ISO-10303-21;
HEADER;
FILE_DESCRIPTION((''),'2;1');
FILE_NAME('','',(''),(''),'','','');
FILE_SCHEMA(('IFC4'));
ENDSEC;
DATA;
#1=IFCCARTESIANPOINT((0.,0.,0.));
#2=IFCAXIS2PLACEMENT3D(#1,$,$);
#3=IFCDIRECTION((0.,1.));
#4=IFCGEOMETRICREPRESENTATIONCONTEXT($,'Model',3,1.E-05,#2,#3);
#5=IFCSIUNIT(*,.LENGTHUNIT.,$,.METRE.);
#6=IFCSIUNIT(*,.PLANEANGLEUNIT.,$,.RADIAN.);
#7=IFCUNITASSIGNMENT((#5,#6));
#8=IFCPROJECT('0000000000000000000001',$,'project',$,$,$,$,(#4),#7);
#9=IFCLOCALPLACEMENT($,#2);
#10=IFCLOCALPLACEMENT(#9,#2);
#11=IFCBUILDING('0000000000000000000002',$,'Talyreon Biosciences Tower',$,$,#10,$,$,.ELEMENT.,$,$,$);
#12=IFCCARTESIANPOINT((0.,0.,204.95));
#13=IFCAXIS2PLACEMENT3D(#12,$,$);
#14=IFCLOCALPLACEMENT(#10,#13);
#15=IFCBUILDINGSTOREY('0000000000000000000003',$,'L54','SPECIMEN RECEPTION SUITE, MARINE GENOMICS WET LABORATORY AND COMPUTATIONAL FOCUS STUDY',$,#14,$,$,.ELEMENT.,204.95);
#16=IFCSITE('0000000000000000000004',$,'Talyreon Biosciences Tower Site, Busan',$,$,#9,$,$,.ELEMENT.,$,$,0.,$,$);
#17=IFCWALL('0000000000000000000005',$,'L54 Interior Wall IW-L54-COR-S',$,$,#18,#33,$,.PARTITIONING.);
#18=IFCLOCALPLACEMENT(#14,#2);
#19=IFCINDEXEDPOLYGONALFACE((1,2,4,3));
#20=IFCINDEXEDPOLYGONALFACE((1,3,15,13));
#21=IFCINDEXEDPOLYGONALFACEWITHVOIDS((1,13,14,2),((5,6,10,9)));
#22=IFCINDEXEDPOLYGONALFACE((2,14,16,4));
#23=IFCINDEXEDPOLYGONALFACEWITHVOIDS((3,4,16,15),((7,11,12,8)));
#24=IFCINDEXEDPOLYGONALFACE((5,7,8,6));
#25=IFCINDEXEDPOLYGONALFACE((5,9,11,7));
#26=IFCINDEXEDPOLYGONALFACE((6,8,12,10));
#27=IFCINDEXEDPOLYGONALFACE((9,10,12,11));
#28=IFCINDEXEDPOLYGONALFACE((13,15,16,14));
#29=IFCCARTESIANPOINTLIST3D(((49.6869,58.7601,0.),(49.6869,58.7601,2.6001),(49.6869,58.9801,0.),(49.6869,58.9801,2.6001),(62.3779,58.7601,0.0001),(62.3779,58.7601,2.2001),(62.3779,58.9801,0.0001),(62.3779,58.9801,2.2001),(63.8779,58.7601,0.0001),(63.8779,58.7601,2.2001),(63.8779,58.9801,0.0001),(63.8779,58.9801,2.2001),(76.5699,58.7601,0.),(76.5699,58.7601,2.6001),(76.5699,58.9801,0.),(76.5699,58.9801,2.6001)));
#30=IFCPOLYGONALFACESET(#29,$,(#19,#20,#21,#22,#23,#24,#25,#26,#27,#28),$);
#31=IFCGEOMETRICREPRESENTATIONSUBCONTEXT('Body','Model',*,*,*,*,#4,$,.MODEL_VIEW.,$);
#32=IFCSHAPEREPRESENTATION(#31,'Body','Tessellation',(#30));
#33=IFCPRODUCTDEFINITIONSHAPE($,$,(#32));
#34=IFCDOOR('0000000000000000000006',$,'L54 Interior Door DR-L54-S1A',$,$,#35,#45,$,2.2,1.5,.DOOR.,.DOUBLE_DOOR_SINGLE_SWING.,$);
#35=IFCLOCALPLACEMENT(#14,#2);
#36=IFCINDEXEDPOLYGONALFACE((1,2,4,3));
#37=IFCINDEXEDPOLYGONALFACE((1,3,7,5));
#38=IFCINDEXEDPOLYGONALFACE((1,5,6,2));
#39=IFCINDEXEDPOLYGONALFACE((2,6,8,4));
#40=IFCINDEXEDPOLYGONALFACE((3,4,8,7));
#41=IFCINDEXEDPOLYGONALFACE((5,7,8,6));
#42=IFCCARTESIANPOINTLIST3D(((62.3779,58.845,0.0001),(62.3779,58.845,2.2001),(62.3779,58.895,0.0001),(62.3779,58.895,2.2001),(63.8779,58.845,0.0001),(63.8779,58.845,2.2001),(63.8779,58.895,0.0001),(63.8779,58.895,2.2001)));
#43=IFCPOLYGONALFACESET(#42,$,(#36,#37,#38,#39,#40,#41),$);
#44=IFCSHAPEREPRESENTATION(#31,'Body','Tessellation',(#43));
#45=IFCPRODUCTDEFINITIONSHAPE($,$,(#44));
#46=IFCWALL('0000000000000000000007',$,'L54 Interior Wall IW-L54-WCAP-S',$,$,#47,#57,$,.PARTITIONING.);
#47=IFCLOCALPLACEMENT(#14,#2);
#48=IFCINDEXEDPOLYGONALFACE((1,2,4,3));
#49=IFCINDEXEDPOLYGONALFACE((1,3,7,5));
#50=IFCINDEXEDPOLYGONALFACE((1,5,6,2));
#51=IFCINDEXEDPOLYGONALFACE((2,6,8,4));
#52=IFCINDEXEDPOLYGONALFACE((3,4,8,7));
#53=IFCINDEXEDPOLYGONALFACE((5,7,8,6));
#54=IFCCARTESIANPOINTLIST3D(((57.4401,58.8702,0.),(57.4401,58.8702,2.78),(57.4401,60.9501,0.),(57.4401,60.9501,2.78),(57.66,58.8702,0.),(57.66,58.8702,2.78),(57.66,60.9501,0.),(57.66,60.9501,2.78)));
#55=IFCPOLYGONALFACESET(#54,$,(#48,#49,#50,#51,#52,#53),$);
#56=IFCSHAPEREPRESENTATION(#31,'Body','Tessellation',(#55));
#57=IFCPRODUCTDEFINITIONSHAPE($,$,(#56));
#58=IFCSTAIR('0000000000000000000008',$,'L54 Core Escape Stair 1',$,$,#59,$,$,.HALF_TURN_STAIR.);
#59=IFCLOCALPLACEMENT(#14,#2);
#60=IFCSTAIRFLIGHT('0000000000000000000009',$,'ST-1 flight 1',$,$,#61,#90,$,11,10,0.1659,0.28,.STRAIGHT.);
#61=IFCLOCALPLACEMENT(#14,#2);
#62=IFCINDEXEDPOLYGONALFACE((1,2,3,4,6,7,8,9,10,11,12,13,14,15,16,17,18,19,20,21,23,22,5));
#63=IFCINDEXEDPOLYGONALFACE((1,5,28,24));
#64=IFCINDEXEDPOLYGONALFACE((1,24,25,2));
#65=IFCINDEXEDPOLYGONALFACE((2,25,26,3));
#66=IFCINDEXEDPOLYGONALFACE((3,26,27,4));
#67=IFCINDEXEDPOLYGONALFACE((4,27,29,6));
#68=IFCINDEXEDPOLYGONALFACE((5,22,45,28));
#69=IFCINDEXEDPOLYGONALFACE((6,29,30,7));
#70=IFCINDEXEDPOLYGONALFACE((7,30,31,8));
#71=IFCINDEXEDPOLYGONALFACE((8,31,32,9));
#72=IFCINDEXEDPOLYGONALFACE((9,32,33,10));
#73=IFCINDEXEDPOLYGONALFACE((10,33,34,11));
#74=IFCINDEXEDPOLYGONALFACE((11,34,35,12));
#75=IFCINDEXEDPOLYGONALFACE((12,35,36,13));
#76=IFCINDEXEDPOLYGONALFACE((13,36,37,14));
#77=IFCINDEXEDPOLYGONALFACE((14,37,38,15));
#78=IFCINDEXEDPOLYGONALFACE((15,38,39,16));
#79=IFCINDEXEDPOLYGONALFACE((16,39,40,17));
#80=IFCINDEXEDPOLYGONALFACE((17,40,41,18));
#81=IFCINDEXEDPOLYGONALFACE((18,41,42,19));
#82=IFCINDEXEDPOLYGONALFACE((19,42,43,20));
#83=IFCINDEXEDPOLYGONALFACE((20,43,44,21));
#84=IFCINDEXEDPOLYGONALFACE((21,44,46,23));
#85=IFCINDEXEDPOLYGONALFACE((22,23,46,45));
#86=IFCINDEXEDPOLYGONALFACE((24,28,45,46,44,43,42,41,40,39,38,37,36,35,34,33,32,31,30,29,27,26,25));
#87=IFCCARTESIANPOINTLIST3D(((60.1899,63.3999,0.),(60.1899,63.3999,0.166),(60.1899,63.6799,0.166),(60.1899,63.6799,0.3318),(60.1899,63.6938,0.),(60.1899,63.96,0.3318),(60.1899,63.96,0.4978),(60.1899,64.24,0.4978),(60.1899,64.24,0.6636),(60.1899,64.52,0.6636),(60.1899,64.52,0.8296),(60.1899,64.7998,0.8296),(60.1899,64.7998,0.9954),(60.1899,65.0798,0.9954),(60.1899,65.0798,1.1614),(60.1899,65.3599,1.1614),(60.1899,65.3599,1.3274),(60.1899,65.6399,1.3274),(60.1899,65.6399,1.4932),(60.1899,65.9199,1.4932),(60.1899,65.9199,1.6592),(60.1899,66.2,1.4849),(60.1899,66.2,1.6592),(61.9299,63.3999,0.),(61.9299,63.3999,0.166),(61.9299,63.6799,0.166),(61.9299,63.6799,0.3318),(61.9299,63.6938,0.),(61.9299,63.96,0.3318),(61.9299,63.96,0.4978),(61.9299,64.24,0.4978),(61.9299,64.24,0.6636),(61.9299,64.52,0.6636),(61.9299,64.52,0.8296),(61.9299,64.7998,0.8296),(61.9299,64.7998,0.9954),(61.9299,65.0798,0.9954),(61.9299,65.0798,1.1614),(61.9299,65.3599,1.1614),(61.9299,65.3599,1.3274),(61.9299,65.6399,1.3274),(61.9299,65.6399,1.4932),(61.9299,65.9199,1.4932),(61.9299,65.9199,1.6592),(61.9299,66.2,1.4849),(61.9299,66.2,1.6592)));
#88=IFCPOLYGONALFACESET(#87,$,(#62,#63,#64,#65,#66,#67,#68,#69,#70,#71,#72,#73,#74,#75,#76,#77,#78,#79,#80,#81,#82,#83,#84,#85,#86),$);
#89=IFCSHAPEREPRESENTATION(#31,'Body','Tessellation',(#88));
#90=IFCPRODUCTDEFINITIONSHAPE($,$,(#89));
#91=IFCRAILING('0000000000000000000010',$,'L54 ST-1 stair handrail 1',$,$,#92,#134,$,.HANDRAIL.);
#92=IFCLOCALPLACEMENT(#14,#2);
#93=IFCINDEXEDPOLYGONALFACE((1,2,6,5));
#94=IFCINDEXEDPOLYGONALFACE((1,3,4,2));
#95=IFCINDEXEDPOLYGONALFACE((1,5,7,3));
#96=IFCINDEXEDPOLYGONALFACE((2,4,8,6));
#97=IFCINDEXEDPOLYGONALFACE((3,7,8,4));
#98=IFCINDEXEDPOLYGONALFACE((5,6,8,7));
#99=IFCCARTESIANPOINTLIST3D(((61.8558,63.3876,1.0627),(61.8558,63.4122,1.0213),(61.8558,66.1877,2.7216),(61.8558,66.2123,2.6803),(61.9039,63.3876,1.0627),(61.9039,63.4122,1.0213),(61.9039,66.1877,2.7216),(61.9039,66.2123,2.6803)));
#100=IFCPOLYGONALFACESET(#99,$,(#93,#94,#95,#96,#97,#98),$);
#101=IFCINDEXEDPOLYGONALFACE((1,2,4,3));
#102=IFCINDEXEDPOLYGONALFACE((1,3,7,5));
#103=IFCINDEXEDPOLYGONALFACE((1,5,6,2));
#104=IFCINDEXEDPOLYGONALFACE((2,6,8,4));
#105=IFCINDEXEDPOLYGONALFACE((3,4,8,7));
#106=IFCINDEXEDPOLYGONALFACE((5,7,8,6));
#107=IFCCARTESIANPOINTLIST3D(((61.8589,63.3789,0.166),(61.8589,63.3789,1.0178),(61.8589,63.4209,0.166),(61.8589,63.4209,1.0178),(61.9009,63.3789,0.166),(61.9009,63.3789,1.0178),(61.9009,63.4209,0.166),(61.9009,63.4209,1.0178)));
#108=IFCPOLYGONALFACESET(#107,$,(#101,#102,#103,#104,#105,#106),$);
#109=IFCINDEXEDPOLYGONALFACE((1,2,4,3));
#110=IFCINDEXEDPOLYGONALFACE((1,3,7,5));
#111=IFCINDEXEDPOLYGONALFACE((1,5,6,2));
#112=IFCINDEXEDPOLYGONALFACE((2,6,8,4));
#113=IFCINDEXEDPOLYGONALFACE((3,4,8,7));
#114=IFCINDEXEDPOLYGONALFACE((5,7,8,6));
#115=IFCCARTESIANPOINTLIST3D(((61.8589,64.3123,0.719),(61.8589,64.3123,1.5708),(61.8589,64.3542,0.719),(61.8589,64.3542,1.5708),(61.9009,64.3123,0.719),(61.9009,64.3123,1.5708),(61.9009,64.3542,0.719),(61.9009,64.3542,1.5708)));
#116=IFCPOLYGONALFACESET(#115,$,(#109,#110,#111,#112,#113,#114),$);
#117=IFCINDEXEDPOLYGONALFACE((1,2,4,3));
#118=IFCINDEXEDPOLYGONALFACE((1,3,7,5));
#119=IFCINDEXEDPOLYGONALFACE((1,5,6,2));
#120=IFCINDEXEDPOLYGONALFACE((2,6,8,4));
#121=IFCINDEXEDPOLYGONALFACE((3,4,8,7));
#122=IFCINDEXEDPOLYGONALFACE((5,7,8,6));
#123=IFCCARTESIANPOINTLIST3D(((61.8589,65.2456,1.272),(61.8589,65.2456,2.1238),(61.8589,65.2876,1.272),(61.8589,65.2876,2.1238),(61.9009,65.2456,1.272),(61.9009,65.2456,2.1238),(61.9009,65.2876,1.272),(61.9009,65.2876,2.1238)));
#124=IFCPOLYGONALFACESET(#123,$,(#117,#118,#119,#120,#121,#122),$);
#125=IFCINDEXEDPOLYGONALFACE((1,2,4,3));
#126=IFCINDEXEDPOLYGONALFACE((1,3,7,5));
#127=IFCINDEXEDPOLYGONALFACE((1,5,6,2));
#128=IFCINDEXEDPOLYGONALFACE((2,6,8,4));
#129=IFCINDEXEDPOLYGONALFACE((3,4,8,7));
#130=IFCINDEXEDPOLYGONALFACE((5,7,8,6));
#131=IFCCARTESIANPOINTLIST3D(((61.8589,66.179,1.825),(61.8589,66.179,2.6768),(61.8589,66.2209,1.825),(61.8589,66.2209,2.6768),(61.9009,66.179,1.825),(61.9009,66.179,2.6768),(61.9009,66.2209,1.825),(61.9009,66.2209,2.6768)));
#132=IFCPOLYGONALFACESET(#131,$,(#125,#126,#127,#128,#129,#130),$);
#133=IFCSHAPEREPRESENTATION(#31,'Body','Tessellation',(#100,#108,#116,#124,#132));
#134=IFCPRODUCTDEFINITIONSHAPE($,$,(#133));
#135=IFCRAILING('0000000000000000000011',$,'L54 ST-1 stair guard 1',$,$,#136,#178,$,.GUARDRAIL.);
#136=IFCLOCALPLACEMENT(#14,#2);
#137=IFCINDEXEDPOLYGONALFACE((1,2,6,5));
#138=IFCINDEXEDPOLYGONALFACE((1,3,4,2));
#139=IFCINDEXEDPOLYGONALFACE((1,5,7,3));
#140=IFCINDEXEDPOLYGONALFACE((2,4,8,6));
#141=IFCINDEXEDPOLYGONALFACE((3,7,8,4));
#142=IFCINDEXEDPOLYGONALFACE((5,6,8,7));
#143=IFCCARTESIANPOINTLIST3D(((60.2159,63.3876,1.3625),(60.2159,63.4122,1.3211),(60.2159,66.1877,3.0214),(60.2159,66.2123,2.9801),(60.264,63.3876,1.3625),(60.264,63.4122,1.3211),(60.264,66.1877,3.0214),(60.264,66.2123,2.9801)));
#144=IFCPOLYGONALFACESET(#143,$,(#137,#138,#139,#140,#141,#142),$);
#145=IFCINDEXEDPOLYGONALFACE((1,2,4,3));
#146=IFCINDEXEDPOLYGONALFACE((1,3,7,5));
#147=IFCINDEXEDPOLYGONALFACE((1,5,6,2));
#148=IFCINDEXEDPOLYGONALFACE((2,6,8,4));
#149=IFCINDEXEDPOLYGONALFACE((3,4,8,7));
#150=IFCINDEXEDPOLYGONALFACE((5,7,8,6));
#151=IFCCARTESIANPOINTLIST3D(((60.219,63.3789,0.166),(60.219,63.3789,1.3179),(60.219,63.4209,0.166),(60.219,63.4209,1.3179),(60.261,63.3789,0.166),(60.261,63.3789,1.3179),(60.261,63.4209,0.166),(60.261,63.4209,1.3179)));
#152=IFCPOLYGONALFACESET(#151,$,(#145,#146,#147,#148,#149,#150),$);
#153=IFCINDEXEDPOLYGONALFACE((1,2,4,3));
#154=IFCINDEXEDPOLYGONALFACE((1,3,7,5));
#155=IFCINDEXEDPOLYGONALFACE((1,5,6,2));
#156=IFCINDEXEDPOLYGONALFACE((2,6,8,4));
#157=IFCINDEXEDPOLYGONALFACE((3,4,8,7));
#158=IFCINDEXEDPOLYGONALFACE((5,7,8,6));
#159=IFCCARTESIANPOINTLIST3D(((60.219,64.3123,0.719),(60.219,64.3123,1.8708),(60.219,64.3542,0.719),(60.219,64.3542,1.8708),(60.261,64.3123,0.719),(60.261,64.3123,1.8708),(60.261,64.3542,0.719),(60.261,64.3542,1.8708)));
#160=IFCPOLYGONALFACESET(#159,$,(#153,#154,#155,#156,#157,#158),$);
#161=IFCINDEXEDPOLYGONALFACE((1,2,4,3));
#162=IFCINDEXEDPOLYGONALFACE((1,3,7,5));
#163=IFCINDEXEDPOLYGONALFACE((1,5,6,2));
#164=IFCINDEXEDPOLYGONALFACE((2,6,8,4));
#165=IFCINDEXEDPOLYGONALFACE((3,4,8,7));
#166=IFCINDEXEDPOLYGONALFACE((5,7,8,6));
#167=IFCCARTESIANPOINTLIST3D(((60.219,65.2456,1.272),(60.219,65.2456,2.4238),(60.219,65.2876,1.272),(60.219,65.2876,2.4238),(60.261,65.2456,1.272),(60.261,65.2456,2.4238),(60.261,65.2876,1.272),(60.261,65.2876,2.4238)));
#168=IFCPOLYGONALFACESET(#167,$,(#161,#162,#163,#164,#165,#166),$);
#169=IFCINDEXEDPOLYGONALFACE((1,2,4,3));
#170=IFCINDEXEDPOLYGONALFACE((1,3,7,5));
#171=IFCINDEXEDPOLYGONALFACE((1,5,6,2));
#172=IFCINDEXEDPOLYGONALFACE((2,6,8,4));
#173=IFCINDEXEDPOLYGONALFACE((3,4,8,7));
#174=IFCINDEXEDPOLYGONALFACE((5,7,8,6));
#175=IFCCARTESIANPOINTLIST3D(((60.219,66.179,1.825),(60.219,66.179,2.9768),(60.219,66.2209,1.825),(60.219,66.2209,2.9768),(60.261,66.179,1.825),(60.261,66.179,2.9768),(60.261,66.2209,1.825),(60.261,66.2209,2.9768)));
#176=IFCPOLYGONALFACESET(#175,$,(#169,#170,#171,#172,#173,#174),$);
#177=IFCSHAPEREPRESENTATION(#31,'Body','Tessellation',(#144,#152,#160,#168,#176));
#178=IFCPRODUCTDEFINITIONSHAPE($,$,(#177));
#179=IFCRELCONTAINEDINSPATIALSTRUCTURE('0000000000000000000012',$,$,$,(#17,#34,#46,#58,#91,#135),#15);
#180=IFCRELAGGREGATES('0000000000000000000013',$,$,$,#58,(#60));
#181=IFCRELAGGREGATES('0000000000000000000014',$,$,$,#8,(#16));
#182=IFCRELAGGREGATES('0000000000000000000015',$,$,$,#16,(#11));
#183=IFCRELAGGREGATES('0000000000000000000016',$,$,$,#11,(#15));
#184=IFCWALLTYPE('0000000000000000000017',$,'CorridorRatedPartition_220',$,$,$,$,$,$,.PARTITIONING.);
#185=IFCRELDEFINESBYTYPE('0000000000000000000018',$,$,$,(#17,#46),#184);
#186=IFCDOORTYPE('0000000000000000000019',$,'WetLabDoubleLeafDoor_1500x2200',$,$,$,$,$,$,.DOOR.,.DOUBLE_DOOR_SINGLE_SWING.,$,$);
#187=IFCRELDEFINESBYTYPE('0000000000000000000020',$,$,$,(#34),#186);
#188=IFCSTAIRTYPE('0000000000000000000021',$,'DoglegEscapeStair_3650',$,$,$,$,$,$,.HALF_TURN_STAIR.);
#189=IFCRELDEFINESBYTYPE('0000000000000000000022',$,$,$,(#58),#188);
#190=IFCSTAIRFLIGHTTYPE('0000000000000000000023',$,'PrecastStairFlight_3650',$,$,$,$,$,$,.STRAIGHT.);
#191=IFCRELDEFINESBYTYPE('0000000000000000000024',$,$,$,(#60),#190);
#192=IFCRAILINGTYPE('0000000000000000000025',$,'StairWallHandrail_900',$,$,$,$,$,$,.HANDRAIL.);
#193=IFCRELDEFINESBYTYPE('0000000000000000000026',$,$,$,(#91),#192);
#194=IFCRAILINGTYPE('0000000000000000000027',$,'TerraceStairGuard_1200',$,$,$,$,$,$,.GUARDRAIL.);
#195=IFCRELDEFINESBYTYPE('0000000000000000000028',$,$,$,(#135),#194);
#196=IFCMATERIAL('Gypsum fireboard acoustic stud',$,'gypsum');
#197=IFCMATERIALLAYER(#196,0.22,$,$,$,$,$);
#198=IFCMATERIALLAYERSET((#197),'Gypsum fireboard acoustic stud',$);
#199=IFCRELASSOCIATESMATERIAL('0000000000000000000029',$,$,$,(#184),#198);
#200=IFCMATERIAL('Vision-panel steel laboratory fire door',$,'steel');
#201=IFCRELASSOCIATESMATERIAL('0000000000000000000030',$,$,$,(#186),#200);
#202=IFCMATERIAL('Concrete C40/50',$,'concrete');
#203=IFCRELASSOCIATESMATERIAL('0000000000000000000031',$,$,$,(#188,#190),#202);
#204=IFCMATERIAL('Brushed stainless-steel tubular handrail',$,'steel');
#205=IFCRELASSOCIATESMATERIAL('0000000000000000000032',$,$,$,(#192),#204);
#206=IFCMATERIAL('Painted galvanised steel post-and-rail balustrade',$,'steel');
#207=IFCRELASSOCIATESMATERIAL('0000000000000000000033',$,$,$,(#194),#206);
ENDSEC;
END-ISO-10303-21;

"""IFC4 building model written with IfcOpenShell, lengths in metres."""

from ifc_helpers import new_model, si_unit, direction, frame, frame_2d, origin, origin_2d, place, context, subcontext, project, spatial, polyline, rectangle, outline, extrude, material, layer, layer_set, type_object, element, fill, aggregate, save


model = new_model("IFC4")

# Units and contexts
model_context = context("Model", 3, precision=1e-05, world=origin(), true_north=direction((0.0, 1.0)))
body_context = subcontext(model_context, "Body", "Model", "MODEL_VIEW")
ifc_project = project(units=[si_unit("LENGTHUNIT", "METRE"), si_unit("PLANEANGLEUNIT", "RADIAN")], contexts=[model_context])

# Site, building, storey
site_placement = place(None, origin())
site = spatial("IfcSite", under=ifc_project, at=site_placement, Name="Talyreon Biosciences Tower Site, Busan", CompositionType="ELEMENT", RefElevation=0.0)
building_placement = place(site_placement, origin())
building = spatial("IfcBuilding", under=site, at=building_placement, Name="Talyreon Biosciences Tower", CompositionType="ELEMENT")
storey_placement = place(building_placement, frame((0.0, 0.0, 204.95)))
storey = spatial("IfcBuildingStorey", under=building, at=storey_placement, Name="L54", Description="SPECIMEN RECEPTION SUITE, MARINE GENOMICS WET LABORATORY AND COMPUTATIONAL FOCUS STUDY", CompositionType="ELEMENT", Elevation=204.95)

# Wall, opening, door
ifc_material_1 = material(Name="Gypsum fireboard acoustic stud", Category="gypsum")
ifc_layer_1 = layer(ifc_material_1, 0.22)
ifc_layer_set_1 = layer_set([ifc_layer_1], Name="Gypsum fireboard acoustic stud")
wall_type_1 = type_object("IfcWallType", Name="CorridorRatedPartition_220", PredefinedType="PARTITIONING", material=ifc_layer_set_1)
wall_1_placement = place(storey_placement, frame((49.687, 58.8701, 0.0), z_axis=(0.0, 0.0, 1.0), x_axis=(1.0, 0.0, 0.0)))
wall_1 = element("IfcWall", 1, at=wall_1_placement, inside=storey, type_object=wall_type_1, Name="L54 Interior Wall IW-L54-COR-S", PredefinedType="PARTITIONING", context=body_context, shape_type="SweptSolid", body=[
    extrude(rectangle(XDim=26.8831, YDim=0.22, at=frame_2d((13.4414, 0.0))), origin(), (0.0, 0.0, 1.0), 2.6001),
])
opening_1_placement = place(wall_1_placement, frame((12.6909, 0.0, 0.0)))
opening_1 = element("IfcOpeningElement", 2, at=opening_1_placement, cuts=wall_1, PredefinedType="OPENING", context=body_context, shape_type="SweptSolid", body=[
    extrude(rectangle(XDim=1.5, YDim=2.2, at=frame_2d((0.75, 1.1001))), frame((0.0, 0.1199, 0.0), z_axis=(0.0, -1.0, 0.0), x_axis=(1.0, 0.0, 0.0)), (0.0, 0.0, 1.0), 0.24),
])
ifc_material_2 = material(Name="Vision-panel steel laboratory fire door", Category="steel")
door_type_1 = type_object("IfcDoorType", Name="WetLabDoubleLeafDoor_1500x2200", OperationType="DOUBLE_DOOR_SINGLE_SWING", PredefinedType="DOOR", material=ifc_material_2)
door_1_placement = place(opening_1_placement, origin())
door_1 = element("IfcDoor", 3, at=door_1_placement, inside=storey, type_object=door_type_1, Name="L54 Interior Door DR-L54-S1A", OperationType="DOUBLE_DOOR_SINGLE_SWING", OverallHeight=2.2, OverallWidth=1.5, PredefinedType="DOOR", context=body_context, shape_type="SweptSolid", body=[
    extrude(rectangle(XDim=1.5, YDim=2.2, at=frame_2d((0.75, 1.1001))), frame((0.0, 0.0249, 0.0), z_axis=(0.0, -1.0, 0.0), x_axis=(1.0, 0.0, 0.0)), (0.0, 0.0, 1.0), 0.05),
])
fill(opening_1, door_1)

# Wall
wall_2_placement = place(storey_placement, frame((57.55, 58.8701, 0.0), z_axis=(0.0, 0.0, 1.0), x_axis=(0.0, 1.0, 0.0)))
element("IfcWall", 4, at=wall_2_placement, inside=storey, type_object=wall_type_1, Name="L54 Interior Wall IW-L54-WCAP-S", PredefinedType="PARTITIONING", context=body_context, shape_type="SweptSolid", body=[
    extrude(rectangle(XDim=2.0798, YDim=0.22, at=frame_2d((1.04, 0.0))), origin(), (0.0, 0.0, 1.0), 2.78),
])

# Stair, stair flight
ifc_material_3 = material(Name="Concrete C40/50", Category="concrete")
stair_type = type_object("IfcStairType", Name="DoglegEscapeStair_3650", PredefinedType="HALF_TURN_STAIR", material=ifc_material_3)
stair_placement = place(storey_placement, origin())
stair = element("IfcStair", 5, at=stair_placement, inside=storey, type_object=stair_type, Name="L54 Core Escape Stair 1", PredefinedType="HALF_TURN_STAIR")
stair_flight_type = type_object("IfcStairFlightType", Name="PrecastStairFlight_3650", PredefinedType="STRAIGHT", material=ifc_material_3)
stair_flight_placement = place(storey_placement, frame((61.0601, 63.3999, 0.0), z_axis=(0.0, 0.0, 1.0), x_axis=(0.0, 1.0, 0.0)))
stair_flight = element("IfcStairFlight", 6, at=stair_flight_placement, type_object=stair_flight_type, Name="ST-1 flight 1", NumberOfRisers=11, NumberOfTreads=10, PredefinedType="STRAIGHT", RiserHeight=0.1659, TreadLength=0.28, context=body_context, shape_type="SweptSolid", body=[
    extrude(outline(polyline([(0.0, 0.0), (0.0, 0.166), (0.28, 0.166), (0.28, 0.3318), (0.5601, 0.3318), (0.5601, 0.4978), (0.8401, 0.4978), (0.8401, 0.6636), (1.1201, 0.6636), (1.1201, 0.8296), (1.3999, 0.8296), (1.3999, 0.9954), (1.6799, 0.9954), (1.6799, 1.1614), (1.96, 1.1614), (1.96, 1.3274), (2.24, 1.3274), (2.24, 1.4932), (2.52, 1.4932), (2.52, 1.6592), (2.8, 1.6592), (2.8, 1.825), (2.8, 1.4849), (0.2939, 0.0), (0.0, 0.0)])), frame((0.0, 0.8701, 0.0), z_axis=(0.0, -1.0, 0.0), x_axis=(1.0, 0.0, 0.0)), (0.0, 0.0, 1.0), 1.74),
])
aggregate(stair, [stair_flight])

# Railings
ifc_material_4 = material(Name="Brushed stainless-steel tubular handrail", Category="steel")
railing_type_1 = type_object("IfcRailingType", Name="StairWallHandrail_900", PredefinedType="HANDRAIL", material=ifc_material_4)
railing_1_placement = place(storey_placement, frame((61.8799, 63.3999, 0.166)))
element("IfcRailing", 7, at=railing_1_placement, inside=storey, type_object=railing_type_1, Name="L54 ST-1 stair handrail 1", PredefinedType="HANDRAIL", context=body_context, shape_type="SweptSolid", body=[
    extrude(rectangle(XDim=0.0481, YDim=0.0481, at=origin_2d()), frame((0.0, 0.0, 0.876), z_axis=(0.0, 0.860339, 0.509722), x_axis=(-1.0, 0.0, 0.0)), (0.0, 0.0, 1.0), 3.2546),
    extrude(rectangle(XDim=0.042, YDim=0.042, at=origin_2d()), origin(), (0.0, 0.0, 1.0), 0.8518),
    extrude(rectangle(XDim=0.042, YDim=0.042, at=origin_2d()), frame((0.0, 0.9333, 0.553)), (0.0, 0.0, 1.0), 0.8518),
    extrude(rectangle(XDim=0.042, YDim=0.042, at=origin_2d()), frame((0.0, 1.8667, 1.106)), (0.0, 0.0, 1.0), 0.8518),
    extrude(rectangle(XDim=0.042, YDim=0.042, at=origin_2d()), frame((0.0, 2.8, 1.6589)), (0.0, 0.0, 1.0), 0.8518),
])
ifc_material_5 = material(Name="Painted galvanised steel post-and-rail balustrade", Category="steel")
railing_type_2 = type_object("IfcRailingType", Name="TerraceStairGuard_1200", PredefinedType="GUARDRAIL", material=ifc_material_5)
railing_2_placement = place(storey_placement, frame((60.24, 63.3999, 0.166)))
element("IfcRailing", 8, at=railing_2_placement, inside=storey, type_object=railing_type_2, Name="L54 ST-1 stair guard 1", PredefinedType="GUARDRAIL", context=body_context, shape_type="SweptSolid", body=[
    extrude(rectangle(XDim=0.0481, YDim=0.0481, at=origin_2d()), frame((0.0, 0.0, 1.1758), z_axis=(0.0, 0.860339, 0.509722), x_axis=(-1.0, 0.0, 0.0)), (0.0, 0.0, 1.0), 3.2546),
    extrude(rectangle(XDim=0.042, YDim=0.042, at=origin_2d()), origin(), (0.0, 0.0, 1.0), 1.1519),
    extrude(rectangle(XDim=0.042, YDim=0.042, at=origin_2d()), frame((0.0, 0.9333, 0.553)), (0.0, 0.0, 1.0), 1.1519),
    extrude(rectangle(XDim=0.042, YDim=0.042, at=origin_2d()), frame((0.0, 1.8667, 1.106)), (0.0, 0.0, 1.0), 1.1519),
    extrude(rectangle(XDim=0.042, YDim=0.042, at=origin_2d()), frame((0.0, 2.8, 1.6589)), (0.0, 0.0, 1.0), 1.1519),
])

save(model, "model.ifc")
